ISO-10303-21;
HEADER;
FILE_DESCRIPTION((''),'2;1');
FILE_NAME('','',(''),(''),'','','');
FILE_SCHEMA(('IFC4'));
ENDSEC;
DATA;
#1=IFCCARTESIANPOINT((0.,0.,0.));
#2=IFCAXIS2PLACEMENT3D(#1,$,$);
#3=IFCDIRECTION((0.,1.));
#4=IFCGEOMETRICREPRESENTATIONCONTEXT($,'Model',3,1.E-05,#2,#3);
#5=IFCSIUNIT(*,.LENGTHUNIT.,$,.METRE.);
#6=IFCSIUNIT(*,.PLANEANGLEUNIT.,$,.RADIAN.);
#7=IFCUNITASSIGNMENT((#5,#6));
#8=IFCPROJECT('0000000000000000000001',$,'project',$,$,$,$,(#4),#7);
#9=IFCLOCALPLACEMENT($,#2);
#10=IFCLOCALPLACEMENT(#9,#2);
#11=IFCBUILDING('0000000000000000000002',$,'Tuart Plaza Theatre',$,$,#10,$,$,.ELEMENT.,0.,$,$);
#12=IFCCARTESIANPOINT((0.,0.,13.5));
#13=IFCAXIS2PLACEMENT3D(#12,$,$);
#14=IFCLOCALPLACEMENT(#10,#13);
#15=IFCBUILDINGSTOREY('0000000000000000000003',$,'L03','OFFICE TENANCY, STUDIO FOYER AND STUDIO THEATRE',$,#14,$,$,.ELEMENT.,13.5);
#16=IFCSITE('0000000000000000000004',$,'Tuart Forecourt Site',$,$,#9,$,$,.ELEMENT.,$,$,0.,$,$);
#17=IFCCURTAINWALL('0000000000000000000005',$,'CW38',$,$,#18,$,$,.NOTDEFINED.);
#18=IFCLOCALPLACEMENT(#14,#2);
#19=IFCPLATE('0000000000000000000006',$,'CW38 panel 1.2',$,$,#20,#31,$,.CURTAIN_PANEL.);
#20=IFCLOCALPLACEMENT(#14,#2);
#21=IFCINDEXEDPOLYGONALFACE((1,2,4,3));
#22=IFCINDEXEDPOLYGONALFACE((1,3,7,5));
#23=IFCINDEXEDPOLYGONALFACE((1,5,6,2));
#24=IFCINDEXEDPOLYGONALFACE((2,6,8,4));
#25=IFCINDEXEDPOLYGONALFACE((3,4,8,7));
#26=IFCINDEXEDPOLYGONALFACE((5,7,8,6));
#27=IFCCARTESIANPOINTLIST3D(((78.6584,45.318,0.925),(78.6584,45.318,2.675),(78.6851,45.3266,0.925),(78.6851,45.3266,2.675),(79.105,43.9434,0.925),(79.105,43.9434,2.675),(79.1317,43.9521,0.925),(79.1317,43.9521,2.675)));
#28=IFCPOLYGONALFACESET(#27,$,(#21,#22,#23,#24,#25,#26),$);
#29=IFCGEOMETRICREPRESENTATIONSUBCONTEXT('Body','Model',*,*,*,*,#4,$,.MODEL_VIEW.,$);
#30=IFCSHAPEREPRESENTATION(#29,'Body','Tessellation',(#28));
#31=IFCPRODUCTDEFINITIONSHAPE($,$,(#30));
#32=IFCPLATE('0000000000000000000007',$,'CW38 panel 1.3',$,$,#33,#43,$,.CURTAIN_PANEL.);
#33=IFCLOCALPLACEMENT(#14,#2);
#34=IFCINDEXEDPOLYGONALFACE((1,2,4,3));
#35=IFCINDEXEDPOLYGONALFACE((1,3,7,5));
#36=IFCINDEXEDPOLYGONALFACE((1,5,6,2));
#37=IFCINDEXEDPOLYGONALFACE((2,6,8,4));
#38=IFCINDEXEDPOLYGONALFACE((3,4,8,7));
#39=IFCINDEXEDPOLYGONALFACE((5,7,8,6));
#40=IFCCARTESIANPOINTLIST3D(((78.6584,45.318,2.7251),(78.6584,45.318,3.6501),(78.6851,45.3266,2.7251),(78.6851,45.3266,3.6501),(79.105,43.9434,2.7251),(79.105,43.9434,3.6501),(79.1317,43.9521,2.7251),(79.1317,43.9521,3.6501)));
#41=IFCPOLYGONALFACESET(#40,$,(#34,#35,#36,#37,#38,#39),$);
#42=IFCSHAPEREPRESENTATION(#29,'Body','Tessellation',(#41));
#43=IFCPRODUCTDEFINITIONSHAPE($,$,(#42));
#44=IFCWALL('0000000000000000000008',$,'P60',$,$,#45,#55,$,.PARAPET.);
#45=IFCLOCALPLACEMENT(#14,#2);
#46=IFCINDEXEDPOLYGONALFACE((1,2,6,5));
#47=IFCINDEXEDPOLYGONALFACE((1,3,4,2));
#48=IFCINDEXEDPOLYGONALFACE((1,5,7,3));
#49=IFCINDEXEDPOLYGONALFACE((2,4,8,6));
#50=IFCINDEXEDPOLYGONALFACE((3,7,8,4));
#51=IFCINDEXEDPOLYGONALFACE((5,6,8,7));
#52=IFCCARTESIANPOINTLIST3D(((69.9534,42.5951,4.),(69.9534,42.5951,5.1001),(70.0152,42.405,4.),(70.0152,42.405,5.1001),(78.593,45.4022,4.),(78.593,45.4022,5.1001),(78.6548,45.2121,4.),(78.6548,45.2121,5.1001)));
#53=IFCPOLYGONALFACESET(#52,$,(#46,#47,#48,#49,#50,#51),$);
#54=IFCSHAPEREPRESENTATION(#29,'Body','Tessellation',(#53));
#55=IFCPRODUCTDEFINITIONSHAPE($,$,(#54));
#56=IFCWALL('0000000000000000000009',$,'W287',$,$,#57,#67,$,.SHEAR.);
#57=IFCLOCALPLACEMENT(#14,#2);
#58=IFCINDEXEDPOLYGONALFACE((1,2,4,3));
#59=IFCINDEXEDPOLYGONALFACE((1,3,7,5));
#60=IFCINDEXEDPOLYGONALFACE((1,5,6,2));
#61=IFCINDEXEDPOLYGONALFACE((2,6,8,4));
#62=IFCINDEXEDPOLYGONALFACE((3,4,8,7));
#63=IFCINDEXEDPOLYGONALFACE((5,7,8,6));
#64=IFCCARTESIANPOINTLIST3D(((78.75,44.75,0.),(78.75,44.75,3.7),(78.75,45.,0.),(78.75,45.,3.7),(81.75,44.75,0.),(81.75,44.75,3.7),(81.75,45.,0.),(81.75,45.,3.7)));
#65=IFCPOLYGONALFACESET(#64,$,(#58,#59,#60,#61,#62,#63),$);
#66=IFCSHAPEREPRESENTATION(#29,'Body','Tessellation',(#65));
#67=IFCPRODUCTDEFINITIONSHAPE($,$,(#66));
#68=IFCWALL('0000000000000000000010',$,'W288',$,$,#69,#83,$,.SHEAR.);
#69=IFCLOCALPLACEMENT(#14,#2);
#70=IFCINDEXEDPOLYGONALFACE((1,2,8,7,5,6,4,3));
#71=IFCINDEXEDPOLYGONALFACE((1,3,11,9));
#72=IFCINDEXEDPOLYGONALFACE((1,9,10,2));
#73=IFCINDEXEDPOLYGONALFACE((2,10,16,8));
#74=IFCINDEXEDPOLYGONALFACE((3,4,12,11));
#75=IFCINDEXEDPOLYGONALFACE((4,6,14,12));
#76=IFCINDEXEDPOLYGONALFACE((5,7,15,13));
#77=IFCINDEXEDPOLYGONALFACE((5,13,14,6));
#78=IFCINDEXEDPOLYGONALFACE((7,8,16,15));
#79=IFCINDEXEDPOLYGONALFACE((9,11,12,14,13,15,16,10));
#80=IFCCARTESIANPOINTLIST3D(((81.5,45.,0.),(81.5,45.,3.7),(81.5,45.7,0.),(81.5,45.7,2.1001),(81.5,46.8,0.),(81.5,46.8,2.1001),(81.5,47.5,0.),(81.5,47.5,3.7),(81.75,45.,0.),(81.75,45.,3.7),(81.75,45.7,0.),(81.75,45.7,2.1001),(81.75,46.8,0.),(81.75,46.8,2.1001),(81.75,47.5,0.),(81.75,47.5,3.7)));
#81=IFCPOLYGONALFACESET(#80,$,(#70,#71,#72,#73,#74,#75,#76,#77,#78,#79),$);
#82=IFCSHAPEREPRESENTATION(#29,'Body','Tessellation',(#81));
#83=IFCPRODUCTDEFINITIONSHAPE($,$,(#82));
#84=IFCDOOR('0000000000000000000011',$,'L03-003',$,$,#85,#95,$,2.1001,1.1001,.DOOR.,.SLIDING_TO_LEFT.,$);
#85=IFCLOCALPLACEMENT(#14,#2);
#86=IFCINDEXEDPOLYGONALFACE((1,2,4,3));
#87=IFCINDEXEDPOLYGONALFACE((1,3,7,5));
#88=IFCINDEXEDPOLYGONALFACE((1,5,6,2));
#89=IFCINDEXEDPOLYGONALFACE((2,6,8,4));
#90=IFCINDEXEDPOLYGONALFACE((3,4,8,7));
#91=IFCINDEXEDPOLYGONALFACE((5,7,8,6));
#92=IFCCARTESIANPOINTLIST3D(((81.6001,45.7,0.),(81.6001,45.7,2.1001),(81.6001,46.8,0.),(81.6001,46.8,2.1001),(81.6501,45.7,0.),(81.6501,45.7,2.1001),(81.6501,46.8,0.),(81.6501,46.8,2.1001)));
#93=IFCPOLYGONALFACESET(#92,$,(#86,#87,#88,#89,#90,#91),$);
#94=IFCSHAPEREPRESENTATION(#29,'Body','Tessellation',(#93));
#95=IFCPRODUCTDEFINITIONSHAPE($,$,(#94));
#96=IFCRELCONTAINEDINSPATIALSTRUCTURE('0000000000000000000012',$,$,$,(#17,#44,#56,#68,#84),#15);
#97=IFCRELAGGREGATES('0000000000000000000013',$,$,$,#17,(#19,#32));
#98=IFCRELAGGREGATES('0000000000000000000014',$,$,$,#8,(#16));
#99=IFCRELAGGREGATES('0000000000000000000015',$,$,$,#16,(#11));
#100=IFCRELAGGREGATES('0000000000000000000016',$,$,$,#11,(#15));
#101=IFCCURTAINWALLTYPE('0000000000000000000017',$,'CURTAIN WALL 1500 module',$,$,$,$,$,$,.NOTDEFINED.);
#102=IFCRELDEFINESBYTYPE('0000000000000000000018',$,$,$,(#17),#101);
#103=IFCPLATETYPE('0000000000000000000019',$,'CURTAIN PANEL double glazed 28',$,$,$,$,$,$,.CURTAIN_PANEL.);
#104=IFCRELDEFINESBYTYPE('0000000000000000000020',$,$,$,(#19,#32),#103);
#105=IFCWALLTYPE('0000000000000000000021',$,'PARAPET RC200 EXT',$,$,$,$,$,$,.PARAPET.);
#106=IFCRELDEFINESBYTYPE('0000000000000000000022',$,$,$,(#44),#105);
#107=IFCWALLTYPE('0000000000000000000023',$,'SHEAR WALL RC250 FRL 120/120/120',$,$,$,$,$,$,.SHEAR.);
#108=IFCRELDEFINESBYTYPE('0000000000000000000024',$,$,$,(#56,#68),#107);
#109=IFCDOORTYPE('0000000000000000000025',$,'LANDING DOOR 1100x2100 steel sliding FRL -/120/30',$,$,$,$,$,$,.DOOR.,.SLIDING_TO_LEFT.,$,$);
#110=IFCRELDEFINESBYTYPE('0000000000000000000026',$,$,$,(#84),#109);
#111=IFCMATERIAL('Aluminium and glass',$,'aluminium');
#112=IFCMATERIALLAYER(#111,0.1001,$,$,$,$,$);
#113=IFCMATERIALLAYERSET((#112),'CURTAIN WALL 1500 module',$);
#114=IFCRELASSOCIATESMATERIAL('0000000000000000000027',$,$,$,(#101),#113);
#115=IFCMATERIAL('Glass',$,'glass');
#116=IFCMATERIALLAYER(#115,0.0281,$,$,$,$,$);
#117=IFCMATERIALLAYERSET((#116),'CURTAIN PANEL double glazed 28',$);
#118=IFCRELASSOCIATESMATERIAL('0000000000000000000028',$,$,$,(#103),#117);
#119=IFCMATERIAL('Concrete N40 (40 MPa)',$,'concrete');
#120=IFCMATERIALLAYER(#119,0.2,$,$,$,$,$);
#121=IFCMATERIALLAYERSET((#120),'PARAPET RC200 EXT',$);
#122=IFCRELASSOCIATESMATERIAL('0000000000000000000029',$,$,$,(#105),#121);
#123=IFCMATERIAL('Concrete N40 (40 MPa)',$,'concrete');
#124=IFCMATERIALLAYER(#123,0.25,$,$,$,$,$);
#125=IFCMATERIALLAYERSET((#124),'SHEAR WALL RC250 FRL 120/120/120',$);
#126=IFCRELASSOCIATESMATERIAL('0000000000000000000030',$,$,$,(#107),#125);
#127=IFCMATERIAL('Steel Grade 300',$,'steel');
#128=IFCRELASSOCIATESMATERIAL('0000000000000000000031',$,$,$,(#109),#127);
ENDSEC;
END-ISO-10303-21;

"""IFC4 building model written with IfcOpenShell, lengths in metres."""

from ifc_helpers import new_model, si_unit, direction, frame, frame_2d, origin, origin_2d, place, context, subcontext, project, spatial, rectangle, extrude, material, layer, layer_set, type_object, element, fill, aggregate, save


model = new_model("IFC4")

# Units and contexts
model_context = context("Model", 3, precision=1e-05, world=origin(), true_north=direction((0.0, 1.0)))
body_context = subcontext(model_context, "Body", "Model", "MODEL_VIEW")
ifc_project = project(units=[si_unit("LENGTHUNIT", "METRE"), si_unit("PLANEANGLEUNIT", "RADIAN")], contexts=[model_context])

# Site, building, storey
site_placement = place(None, origin())
site = spatial("IfcSite", under=ifc_project, at=site_placement, Name="Tuart Forecourt Site", CompositionType="ELEMENT", RefElevation=0.0)
building_placement = place(site_placement, origin())
building = spatial("IfcBuilding", under=site, at=building_placement, Name="Tuart Plaza Theatre", CompositionType="ELEMENT", ElevationOfRefHeight=0.0)
storey_placement = place(building_placement, frame((0.0, 0.0, 13.5)))
storey = spatial("IfcBuildingStorey", under=building, at=storey_placement, Name="L03", Description="OFFICE TENANCY, STUDIO FOYER AND STUDIO THEATRE", CompositionType="ELEMENT", Elevation=13.5)

# Shared definitions
ifc_material_1 = material(Name="Aluminium and glass", Category="aluminium")
ifc_layer_1 = layer(ifc_material_1, 0.1001)
ifc_layer_set_1 = layer_set([ifc_layer_1], Name="CURTAIN WALL 1500 module")
curtain_wall_type = type_object("IfcCurtainWallType", Name="CURTAIN WALL 1500 module", PredefinedType="NOTDEFINED", material=ifc_layer_set_1)

# Curtain wall
curtain_wall_1_placement = place(storey_placement, origin())
curtain_wall_1 = element("IfcCurtainWall", 1, at=curtain_wall_1_placement, inside=storey, type_object=curtain_wall_type, Name="CW38", PredefinedType="NOTDEFINED")

# Plates
ifc_material_2 = material(Name="Glass", Category="glass")
ifc_layer_2 = layer(ifc_material_2, 0.0281)
ifc_layer_set_2 = layer_set([ifc_layer_2], Name="CURTAIN PANEL double glazed 28")
plate_type = type_object("IfcPlateType", Name="CURTAIN PANEL double glazed 28", PredefinedType="CURTAIN_PANEL", material=ifc_layer_set_2)
plate_1_placement = place(storey_placement, frame((78.895, 44.635, 0.925), z_axis=(0.0, 0.0, 1.0), x_axis=(0.309018, -0.951056, 0.0)))
plate_1 = element("IfcPlate", 2, at=plate_1_placement, type_object=plate_type, Name="CW38 panel 1.2", PredefinedType="CURTAIN_PANEL", context=body_context, shape_type="SweptSolid", body=[
    extrude(rectangle(XDim=1.4453, YDim=0.0281, at=origin_2d()), origin(), (0.0, 0.0, 1.0), 1.75),
])
plate_2_placement = place(storey_placement, frame((78.895, 44.635, 2.7251), z_axis=(0.0, 0.0, 1.0), x_axis=(0.309018, -0.951056, 0.0)))
plate_2 = element("IfcPlate", 3, at=plate_2_placement, type_object=plate_type, Name="CW38 panel 1.3", PredefinedType="CURTAIN_PANEL", context=body_context, shape_type="SweptSolid", body=[
    extrude(rectangle(XDim=1.4453, YDim=0.0281, at=origin_2d()), origin(), (0.0, 0.0, 1.0), 0.925),
])
aggregate(curtain_wall_1, [plate_1, plate_2])

# Walls
ifc_material_3 = material(Name="Concrete N40 (40 MPa)", Category="concrete")
ifc_layer_3 = layer(ifc_material_3, 0.2)
ifc_layer_set_3 = layer_set([ifc_layer_3], Name="PARAPET RC200 EXT")
wall_type_1 = type_object("IfcWallType", Name="PARAPET RC200 EXT", PredefinedType="PARAPET", material=ifc_layer_set_3)
wall_1_placement = place(storey_placement, frame((78.6238, 45.3071, 4.0), z_axis=(0.0, 0.0, 1.0), x_axis=(-0.951059, -0.309011, 0.0)))
element("IfcWall", 4, at=wall_1_placement, inside=storey, type_object=wall_type_1, Name="P60", PredefinedType="PARAPET", context=body_context, shape_type="SweptSolid", body=[
    extrude(rectangle(XDim=9.0842, YDim=0.2, at=frame_2d((4.542, 0.0))), origin(), (0.0, 0.0, 1.0), 1.1001),
])
ifc_material_4 = material(Name="Concrete N40 (40 MPa)", Category="concrete")
ifc_layer_4 = layer(ifc_material_4, 0.25)
ifc_layer_set_4 = layer_set([ifc_layer_4], Name="SHEAR WALL RC250 FRL 120/120/120")
wall_type_2 = type_object("IfcWallType", Name="SHEAR WALL RC250 FRL 120/120/120", PredefinedType="SHEAR", material=ifc_layer_set_4)
wall_2_placement = place(storey_placement, frame((78.75, 44.875, 0.0), z_axis=(0.0, 0.0, 1.0), x_axis=(1.0, 0.0, 0.0)))
element("IfcWall", 5, at=wall_2_placement, inside=storey, type_object=wall_type_2, Name="W287", PredefinedType="SHEAR", context=body_context, shape_type="SweptSolid", body=[
    extrude(rectangle(XDim=3.0, YDim=0.25, at=frame_2d((1.5, 0.0))), origin(), (0.0, 0.0, 1.0), 3.7),
])

# Wall, opening, door
wall_3_placement = place(storey_placement, frame((81.625, 45.0, 0.0), z_axis=(0.0, 0.0, 1.0), x_axis=(0.0, 1.0, 0.0)))
wall_3 = element("IfcWall", 6, at=wall_3_placement, inside=storey, type_object=wall_type_2, Name="W288", PredefinedType="SHEAR", context=body_context, shape_type="SweptSolid", body=[
    extrude(rectangle(XDim=2.5, YDim=0.25, at=frame_2d((1.25, 0.0))), origin(), (0.0, 0.0, 1.0), 3.7),
])
opening_placement = place(wall_3_placement, frame((0.7, 0.0, 0.0)))
opening = element("IfcOpeningElement", 7, at=opening_placement, cuts=wall_3, PredefinedType="OPENING", context=body_context, shape_type="SweptSolid", body=[
    extrude(rectangle(XDim=1.1001, YDim=2.1001, at=frame_2d((0.55, 1.05))), frame((0.0, 0.135, 0.0), z_axis=(0.0, -1.0, 0.0), x_axis=(1.0, 0.0, 0.0)), (0.0, 0.0, 1.0), 0.27),
])
ifc_material_5 = material(Name="Steel Grade 300", Category="steel")
door_type = type_object("IfcDoorType", Name="LANDING DOOR 1100x2100 steel sliding FRL -/120/30", OperationType="SLIDING_TO_LEFT", PredefinedType="DOOR", material=ifc_material_5)
door_placement = place(opening_placement, origin())
door = element("IfcDoor", 8, at=door_placement, inside=storey, type_object=door_type, Name="L03-003", OperationType="SLIDING_TO_LEFT", OverallHeight=2.1001, OverallWidth=1.1001, PredefinedType="DOOR", context=body_context, shape_type="SweptSolid", body=[
    extrude(rectangle(XDim=1.1001, YDim=2.1001, at=frame_2d((0.55, 1.05))), frame((0.0, 0.0249, 0.0), z_axis=(0.0, -1.0, 0.0), x_axis=(1.0, 0.0, 0.0)), (0.0, 0.0, 1.0), 0.05),
])
fill(opening, door)

save(model, "model.ifc")
